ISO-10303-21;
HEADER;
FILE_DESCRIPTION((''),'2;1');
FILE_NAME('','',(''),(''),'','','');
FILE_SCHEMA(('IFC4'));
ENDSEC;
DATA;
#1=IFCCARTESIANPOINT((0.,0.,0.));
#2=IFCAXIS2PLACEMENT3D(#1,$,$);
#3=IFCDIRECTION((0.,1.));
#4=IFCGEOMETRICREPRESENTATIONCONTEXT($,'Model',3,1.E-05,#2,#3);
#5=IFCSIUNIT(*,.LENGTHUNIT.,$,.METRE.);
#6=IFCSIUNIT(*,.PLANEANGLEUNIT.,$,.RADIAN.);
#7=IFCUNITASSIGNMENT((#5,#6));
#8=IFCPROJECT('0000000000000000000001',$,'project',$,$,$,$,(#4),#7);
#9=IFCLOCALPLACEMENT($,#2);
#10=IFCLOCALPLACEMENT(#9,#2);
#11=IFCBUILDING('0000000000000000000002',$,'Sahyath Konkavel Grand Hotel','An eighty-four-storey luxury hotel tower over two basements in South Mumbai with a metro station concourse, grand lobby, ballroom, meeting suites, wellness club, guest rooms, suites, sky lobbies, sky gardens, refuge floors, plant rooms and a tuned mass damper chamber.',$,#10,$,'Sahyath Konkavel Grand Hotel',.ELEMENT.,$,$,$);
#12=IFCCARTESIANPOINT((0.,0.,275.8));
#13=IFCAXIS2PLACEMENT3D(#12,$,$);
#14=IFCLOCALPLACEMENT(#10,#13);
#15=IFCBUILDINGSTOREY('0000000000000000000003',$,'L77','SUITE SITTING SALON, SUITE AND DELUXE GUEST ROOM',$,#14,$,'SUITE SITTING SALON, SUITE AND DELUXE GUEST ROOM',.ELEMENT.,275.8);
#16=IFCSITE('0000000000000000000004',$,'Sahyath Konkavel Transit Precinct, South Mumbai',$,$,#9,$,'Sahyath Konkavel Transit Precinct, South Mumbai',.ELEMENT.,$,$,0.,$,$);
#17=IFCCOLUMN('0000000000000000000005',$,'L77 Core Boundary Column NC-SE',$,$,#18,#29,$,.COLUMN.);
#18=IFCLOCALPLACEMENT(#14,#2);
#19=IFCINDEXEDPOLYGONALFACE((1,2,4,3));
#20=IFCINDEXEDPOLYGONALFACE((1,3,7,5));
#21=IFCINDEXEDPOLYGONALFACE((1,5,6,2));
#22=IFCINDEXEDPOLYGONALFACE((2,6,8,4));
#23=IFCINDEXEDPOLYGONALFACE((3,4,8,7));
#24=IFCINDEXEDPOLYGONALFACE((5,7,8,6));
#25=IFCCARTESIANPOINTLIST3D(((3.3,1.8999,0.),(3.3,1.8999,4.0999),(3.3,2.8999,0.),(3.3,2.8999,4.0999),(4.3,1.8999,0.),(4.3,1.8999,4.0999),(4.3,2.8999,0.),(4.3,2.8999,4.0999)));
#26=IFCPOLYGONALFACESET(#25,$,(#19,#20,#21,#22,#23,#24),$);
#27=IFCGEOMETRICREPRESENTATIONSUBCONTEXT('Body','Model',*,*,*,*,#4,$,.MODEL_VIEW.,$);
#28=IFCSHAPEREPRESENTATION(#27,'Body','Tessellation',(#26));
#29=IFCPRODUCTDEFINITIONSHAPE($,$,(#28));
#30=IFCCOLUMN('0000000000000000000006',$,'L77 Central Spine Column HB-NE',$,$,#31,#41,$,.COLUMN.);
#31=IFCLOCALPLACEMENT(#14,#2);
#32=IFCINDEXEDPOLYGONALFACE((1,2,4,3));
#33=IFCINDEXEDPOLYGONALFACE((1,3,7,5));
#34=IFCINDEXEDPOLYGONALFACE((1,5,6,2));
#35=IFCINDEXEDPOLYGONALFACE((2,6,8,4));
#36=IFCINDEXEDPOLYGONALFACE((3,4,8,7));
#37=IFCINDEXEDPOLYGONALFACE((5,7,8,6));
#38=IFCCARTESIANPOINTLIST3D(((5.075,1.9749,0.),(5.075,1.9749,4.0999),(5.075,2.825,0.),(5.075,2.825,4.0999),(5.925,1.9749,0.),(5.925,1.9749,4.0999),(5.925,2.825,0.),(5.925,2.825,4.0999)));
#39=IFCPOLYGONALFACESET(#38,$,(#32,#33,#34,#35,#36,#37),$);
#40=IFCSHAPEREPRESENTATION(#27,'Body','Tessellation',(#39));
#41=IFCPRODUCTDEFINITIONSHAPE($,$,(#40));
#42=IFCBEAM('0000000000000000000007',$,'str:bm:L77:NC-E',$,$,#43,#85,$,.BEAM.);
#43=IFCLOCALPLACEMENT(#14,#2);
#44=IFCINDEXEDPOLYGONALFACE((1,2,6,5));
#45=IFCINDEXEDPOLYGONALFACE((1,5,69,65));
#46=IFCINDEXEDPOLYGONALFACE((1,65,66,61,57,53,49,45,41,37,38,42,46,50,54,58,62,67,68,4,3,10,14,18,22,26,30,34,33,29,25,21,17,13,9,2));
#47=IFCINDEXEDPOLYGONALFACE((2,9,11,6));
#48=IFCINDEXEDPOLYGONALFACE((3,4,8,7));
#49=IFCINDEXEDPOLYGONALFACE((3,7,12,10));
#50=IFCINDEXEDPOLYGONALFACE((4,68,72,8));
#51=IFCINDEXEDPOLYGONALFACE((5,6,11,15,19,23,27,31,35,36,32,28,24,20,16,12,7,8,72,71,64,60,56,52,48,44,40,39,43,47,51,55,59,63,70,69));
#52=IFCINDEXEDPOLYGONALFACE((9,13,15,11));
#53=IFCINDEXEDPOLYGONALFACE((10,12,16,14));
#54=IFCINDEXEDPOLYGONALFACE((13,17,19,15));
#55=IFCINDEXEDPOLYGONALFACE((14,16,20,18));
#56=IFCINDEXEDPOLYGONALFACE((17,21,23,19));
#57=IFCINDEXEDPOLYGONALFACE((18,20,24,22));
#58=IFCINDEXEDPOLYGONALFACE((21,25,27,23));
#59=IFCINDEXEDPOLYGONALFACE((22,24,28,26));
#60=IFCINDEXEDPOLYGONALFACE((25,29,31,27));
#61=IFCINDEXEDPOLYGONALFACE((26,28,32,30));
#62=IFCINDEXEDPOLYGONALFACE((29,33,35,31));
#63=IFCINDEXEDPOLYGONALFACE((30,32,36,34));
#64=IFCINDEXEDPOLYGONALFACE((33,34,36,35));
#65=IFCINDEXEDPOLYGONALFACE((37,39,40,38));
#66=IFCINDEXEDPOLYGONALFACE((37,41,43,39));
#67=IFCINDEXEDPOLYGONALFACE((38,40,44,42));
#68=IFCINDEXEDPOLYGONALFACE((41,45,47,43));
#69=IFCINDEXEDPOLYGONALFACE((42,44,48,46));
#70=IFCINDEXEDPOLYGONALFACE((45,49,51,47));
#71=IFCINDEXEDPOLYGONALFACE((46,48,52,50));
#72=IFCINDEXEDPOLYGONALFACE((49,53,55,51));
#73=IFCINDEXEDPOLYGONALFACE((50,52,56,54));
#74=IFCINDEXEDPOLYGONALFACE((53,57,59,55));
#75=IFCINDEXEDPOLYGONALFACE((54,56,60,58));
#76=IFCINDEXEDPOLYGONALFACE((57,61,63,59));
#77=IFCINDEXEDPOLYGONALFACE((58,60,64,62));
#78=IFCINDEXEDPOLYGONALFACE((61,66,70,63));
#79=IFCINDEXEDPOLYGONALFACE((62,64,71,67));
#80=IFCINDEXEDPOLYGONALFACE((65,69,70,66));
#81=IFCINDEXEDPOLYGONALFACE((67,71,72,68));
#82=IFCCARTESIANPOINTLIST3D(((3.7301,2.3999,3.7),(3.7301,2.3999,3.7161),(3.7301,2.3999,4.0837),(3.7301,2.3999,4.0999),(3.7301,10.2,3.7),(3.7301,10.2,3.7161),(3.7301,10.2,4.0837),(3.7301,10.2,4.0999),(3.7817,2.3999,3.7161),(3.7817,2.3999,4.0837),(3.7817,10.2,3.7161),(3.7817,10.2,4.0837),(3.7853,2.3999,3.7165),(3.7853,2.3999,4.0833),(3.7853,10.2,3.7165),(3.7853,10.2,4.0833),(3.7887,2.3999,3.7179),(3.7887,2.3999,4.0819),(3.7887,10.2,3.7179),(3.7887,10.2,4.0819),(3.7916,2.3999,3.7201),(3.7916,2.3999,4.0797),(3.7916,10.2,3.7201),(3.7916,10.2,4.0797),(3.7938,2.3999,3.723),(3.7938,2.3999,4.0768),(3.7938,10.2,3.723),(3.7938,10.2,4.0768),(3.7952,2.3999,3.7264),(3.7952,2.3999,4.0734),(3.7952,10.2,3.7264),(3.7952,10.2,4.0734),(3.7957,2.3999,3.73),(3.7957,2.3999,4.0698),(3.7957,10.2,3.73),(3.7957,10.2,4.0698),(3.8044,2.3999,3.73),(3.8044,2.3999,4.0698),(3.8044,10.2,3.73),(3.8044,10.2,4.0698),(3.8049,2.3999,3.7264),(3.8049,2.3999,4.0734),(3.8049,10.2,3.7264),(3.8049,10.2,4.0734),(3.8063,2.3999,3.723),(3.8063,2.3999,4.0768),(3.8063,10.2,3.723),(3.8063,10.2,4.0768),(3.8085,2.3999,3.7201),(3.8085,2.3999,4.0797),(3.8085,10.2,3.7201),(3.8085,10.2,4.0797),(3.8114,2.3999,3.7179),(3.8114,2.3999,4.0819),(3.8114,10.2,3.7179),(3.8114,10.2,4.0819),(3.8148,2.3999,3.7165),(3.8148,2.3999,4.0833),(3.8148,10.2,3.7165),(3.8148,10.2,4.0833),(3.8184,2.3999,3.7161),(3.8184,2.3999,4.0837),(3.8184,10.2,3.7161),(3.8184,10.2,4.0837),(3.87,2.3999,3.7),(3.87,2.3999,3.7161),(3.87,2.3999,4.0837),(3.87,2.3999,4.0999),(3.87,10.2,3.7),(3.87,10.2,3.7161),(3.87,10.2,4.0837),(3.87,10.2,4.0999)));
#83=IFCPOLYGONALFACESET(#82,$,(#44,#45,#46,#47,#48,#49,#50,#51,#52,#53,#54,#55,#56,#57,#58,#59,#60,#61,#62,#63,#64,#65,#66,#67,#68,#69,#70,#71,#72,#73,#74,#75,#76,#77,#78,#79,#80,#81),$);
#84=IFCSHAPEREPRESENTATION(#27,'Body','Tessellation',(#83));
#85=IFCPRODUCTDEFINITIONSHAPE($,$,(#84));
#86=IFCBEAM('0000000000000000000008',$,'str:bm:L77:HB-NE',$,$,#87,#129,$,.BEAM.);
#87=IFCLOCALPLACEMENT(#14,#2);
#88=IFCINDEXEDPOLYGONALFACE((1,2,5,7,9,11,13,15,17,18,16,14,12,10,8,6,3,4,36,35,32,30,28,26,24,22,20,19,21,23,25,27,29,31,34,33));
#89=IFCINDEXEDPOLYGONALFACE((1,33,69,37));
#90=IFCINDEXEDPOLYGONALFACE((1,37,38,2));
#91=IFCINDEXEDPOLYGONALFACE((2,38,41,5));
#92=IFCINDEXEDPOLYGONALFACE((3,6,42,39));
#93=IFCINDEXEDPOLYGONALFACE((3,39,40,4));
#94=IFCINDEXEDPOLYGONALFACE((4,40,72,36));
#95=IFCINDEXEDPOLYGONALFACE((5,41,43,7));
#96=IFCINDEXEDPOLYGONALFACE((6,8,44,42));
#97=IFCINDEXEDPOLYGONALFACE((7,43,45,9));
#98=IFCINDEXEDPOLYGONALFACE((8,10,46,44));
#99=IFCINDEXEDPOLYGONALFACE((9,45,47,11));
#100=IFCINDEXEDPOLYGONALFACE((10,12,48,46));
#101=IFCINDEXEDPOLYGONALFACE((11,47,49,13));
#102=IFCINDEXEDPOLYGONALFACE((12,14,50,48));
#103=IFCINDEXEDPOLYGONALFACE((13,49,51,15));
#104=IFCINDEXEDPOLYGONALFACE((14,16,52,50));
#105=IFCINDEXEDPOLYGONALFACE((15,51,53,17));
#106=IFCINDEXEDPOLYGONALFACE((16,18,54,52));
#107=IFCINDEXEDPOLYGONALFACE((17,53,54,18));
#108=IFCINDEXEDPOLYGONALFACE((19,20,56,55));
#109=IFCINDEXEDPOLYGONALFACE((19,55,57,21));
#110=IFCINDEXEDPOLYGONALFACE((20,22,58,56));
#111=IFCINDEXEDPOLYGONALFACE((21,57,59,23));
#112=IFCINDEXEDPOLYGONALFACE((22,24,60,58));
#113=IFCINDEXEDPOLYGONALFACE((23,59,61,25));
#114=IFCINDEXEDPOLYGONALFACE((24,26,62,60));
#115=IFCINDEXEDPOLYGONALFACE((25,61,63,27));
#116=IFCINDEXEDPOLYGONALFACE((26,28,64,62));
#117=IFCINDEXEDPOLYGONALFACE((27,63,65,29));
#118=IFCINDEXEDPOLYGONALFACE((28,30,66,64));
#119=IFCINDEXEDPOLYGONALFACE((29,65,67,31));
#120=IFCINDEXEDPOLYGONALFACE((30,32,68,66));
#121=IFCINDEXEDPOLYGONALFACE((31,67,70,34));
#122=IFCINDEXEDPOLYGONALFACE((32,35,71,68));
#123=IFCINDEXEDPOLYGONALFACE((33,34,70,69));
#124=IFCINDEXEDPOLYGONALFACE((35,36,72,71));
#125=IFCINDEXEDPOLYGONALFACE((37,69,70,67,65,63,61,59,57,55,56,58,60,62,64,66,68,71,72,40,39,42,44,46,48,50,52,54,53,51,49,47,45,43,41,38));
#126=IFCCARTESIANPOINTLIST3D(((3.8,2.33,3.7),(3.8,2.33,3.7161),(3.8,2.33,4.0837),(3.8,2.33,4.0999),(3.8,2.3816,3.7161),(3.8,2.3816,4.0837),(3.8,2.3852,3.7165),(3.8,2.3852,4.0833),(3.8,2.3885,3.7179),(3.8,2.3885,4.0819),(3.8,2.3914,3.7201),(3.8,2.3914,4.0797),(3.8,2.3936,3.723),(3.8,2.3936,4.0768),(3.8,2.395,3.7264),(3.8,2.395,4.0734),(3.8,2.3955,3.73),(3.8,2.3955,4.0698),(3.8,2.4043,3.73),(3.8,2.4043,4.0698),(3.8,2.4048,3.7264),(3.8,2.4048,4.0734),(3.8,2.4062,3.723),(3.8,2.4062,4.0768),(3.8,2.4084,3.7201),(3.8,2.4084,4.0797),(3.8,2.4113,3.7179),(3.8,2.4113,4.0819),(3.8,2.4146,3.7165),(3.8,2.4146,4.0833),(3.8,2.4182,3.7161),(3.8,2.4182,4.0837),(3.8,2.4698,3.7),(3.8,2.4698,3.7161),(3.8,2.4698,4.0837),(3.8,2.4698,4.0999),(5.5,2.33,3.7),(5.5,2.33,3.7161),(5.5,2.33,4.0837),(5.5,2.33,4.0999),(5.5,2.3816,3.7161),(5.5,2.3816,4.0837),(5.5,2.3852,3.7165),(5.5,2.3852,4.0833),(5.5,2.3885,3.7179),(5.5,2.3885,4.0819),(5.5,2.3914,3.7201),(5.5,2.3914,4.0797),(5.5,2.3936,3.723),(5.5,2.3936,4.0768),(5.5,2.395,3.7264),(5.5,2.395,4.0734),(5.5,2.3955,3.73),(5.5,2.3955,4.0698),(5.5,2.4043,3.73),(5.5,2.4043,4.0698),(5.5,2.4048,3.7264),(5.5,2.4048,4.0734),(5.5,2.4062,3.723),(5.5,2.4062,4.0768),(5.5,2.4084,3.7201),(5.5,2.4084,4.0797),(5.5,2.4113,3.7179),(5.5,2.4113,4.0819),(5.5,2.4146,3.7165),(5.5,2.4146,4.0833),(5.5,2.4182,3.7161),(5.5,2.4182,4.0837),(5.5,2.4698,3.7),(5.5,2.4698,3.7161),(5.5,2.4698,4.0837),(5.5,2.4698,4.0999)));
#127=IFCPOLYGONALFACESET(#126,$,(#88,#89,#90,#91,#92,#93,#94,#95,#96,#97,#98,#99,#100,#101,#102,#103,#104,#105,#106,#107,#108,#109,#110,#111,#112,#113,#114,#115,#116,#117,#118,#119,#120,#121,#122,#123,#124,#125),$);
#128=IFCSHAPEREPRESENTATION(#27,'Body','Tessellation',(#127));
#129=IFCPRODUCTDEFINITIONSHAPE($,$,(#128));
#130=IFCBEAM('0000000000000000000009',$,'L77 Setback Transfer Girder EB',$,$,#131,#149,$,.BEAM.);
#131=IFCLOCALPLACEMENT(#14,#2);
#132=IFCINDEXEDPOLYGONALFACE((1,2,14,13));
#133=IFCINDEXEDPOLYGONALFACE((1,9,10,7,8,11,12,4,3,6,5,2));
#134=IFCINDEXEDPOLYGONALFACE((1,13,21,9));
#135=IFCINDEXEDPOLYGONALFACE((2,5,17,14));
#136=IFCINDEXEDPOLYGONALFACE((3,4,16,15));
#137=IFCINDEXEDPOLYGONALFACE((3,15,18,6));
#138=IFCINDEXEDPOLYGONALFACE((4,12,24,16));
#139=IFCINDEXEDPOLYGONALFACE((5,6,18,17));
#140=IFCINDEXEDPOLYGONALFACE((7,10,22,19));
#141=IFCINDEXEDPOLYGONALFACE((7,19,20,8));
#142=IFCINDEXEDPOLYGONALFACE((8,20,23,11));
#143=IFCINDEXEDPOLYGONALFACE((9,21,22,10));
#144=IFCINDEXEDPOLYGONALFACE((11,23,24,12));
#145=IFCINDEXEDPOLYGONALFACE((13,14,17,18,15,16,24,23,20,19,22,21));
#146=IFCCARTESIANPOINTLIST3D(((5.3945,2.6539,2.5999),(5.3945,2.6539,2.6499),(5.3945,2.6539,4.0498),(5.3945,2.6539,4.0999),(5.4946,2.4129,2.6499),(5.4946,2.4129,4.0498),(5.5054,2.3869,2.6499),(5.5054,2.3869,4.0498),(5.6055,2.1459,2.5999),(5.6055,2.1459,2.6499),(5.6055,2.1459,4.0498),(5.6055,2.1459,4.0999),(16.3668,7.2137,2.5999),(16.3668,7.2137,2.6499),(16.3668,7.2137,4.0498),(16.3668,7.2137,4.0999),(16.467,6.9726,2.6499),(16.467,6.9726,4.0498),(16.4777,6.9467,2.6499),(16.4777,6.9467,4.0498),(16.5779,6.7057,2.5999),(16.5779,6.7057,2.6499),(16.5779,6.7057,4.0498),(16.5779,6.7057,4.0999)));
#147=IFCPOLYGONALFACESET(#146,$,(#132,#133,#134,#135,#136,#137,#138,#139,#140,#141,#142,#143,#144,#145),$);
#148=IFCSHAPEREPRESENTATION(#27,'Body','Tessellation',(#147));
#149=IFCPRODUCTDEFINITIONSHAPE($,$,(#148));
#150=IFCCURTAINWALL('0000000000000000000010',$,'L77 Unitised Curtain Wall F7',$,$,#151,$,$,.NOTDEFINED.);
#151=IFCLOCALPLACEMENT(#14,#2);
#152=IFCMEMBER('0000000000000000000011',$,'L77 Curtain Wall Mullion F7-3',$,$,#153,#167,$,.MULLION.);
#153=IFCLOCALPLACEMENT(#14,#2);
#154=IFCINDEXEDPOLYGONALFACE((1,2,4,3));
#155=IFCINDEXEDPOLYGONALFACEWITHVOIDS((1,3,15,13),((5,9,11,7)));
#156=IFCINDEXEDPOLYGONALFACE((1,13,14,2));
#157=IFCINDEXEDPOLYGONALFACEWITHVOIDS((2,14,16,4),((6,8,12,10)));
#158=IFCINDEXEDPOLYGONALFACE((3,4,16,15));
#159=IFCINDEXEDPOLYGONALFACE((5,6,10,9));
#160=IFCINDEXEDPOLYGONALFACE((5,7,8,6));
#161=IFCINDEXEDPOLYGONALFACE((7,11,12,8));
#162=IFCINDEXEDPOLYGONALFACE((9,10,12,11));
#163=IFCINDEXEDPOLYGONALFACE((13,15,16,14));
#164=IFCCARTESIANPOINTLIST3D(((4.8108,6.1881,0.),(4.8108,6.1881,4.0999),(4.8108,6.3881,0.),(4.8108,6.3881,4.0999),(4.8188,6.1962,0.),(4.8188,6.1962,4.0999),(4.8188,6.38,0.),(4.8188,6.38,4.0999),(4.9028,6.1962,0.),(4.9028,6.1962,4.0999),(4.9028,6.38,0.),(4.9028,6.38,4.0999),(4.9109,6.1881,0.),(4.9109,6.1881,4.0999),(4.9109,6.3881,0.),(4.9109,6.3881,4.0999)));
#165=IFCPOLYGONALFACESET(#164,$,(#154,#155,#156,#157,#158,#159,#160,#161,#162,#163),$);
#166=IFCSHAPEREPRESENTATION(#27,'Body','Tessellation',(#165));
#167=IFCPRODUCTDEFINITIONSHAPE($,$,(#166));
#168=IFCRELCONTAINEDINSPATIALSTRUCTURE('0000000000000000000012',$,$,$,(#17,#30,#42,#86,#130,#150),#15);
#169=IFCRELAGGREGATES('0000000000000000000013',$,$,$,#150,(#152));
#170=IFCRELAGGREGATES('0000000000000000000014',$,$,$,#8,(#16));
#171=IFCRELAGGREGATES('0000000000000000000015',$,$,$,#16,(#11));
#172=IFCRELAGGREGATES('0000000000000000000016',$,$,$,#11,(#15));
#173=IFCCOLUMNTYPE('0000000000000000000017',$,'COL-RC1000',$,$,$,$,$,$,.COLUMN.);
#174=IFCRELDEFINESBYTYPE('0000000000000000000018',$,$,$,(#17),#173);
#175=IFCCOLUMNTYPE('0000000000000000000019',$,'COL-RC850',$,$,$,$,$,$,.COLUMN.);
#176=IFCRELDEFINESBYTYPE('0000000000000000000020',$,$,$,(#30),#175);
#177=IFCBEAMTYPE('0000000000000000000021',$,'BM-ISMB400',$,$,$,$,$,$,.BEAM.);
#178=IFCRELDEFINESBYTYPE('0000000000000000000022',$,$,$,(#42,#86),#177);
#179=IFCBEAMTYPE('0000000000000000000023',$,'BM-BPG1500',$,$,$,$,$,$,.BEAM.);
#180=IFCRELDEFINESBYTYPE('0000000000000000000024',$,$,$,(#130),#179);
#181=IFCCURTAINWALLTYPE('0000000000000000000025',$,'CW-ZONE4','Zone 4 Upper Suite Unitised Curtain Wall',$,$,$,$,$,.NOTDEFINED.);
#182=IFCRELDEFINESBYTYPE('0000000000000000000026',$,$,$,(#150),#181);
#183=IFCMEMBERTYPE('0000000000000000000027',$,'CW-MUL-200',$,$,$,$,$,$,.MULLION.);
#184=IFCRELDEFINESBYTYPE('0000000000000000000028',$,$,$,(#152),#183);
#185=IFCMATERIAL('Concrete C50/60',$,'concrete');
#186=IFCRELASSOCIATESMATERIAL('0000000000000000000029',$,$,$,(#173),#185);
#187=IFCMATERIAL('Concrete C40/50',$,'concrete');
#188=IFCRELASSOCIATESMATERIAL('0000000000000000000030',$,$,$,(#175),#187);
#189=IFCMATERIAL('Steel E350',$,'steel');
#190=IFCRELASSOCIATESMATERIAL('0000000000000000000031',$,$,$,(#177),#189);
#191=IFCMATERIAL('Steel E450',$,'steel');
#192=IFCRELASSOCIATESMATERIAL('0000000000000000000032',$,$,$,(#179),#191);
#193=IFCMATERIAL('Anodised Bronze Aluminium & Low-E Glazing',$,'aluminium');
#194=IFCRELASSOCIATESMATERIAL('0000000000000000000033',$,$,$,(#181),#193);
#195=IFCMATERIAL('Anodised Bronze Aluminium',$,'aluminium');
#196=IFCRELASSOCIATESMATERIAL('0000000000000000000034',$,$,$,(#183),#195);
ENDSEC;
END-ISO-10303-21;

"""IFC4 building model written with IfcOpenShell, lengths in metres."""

from ifc_helpers import new_model, si_unit, direction, frame, origin, origin_2d, place, context, subcontext, project, spatial, rectangle, hollow_rectangle, i_section, extrude, source, transform, mapped, material, material_profile, profile_set, type_object, element, aggregate, save


model = new_model("IFC4")

# Units and contexts
model_context = context("Model", 3, precision=1e-05, world=origin(), true_north=direction((0.0, 1.0)))
body_context = subcontext(model_context, "Body", "Model", "MODEL_VIEW")
ifc_project = project(units=[si_unit("LENGTHUNIT", "METRE"), si_unit("PLANEANGLEUNIT", "RADIAN")], contexts=[model_context])

# Site, building, storey
site_placement = place(None, origin())
site = spatial("IfcSite", under=ifc_project, at=site_placement, Name="Sahyath Konkavel Transit Precinct, South Mumbai", LongName="Sahyath Konkavel Transit Precinct, South Mumbai", CompositionType="ELEMENT", RefElevation=0.0)
building_placement = place(site_placement, origin())
building = spatial("IfcBuilding", under=site, at=building_placement, Name="Sahyath Konkavel Grand Hotel", Description="An eighty-four-storey luxury hotel tower over two basements in South Mumbai with a metro station concourse, grand lobby, ballroom, meeting suites, wellness club, guest rooms, suites, sky lobbies, sky gardens, refuge floors, plant rooms and a tuned mass damper chamber.", LongName="Sahyath Konkavel Grand Hotel", CompositionType="ELEMENT")
storey_placement = place(building_placement, frame((0.0, 0.0, 275.8)))
storey = spatial("IfcBuildingStorey", under=building, at=storey_placement, Name="L77", Description="SUITE SITTING SALON, SUITE AND DELUXE GUEST ROOM", LongName="SUITE SITTING SALON, SUITE AND DELUXE GUEST ROOM", CompositionType="ELEMENT", Elevation=275.8)

# Columns
ifc_material_1 = material(Name="Concrete C50/60", Category="concrete")
ifc_material_profile_1 = material_profile(ifc_material_1, rectangle(XDim=1.0, YDim=1.0, at=origin_2d()), Name="RC 1000x1000")
ifc_profile_set_1 = profile_set([ifc_material_profile_1], Name="Concrete C50/60")
column_type_1 = type_object("IfcColumnType", Name="COL-RC1000", PredefinedType="COLUMN", material=ifc_profile_set_1)
shared_shape_1 = source(origin(), body_context, "Body", "SweptSolid", [
    extrude(rectangle(XDim=1.0, YDim=1.0, at=origin_2d()), origin(), (0.0, 0.0, 1.0), 4.0999),
])
column_1_placement = place(storey_placement, frame((3.8, 2.3999, 0.0), z_axis=(0.0, 0.0, 1.0), x_axis=(1.0, 0.0, 0.0)))
element("IfcColumn", 1, at=column_1_placement, inside=storey, type_object=column_type_1, Name="L77 Core Boundary Column NC-SE", PredefinedType="COLUMN", context=body_context, shape_type="MappedRepresentation", body=[
    mapped(shared_shape_1, transform((0.0, 0.0, 0.0), scale=1.0)),
])
ifc_material_2 = material(Name="Concrete C40/50", Category="concrete")
ifc_material_profile_2 = material_profile(ifc_material_2, rectangle(XDim=0.8501, YDim=0.8501, at=origin_2d()), Name="RC 850x850")
ifc_profile_set_2 = profile_set([ifc_material_profile_2], Name="Concrete C40/50")
column_type_2 = type_object("IfcColumnType", Name="COL-RC850", PredefinedType="COLUMN", material=ifc_profile_set_2)
shared_shape_2 = source(origin(), body_context, "Body", "SweptSolid", [
    extrude(rectangle(XDim=0.8501, YDim=0.8501, at=origin_2d()), origin(), (0.0, 0.0, 1.0), 4.0999),
])
column_2_placement = place(storey_placement, frame((5.5, 2.3999, 0.0), z_axis=(0.0, 0.0, 1.0), x_axis=(1.0, 0.0, 0.0)))
element("IfcColumn", 2, at=column_2_placement, inside=storey, type_object=column_type_2, Name="L77 Central Spine Column HB-NE", PredefinedType="COLUMN", context=body_context, shape_type="MappedRepresentation", body=[
    mapped(shared_shape_2, transform((0.0, 0.0, 0.0), scale=1.0)),
])

# Beams
ifc_material_3 = material(Name="Steel E350", Category="steel")
ifc_material_profile_3 = material_profile(ifc_material_3, i_section(OverallWidth=0.1399, OverallDepth=0.3999, WebThickness=0.0088, FlangeThickness=0.0161, FilletRadius=0.0139, at=origin_2d()), Name="ISMB 400")
ifc_profile_set_3 = profile_set([ifc_material_profile_3], Name="Steel E350")
beam_type_1 = type_object("IfcBeamType", Name="BM-ISMB400", PredefinedType="BEAM", material=ifc_profile_set_3)
shared_shape_3 = source(origin(), body_context, "Body", "SweptSolid", [
    extrude(i_section(OverallWidth=0.1399, OverallDepth=0.3999, WebThickness=0.0088, FlangeThickness=0.0161, FilletRadius=0.0139, at=origin_2d()), origin(), (0.0, 0.0, 1.0), 7.8),
])
beam_1_placement = place(storey_placement, frame((3.8, 2.3999, 3.8999), z_axis=(0.0, 1.0, 0.0), x_axis=(-1.0, 0.0, 0.0)))
element("IfcBeam", 3, at=beam_1_placement, inside=storey, type_object=beam_type_1, Name="str:bm:L77:NC-E", PredefinedType="BEAM", context=body_context, shape_type="MappedRepresentation", body=[
    mapped(shared_shape_3, transform((0.0, 0.0, 0.0), scale=1.0)),
])
shared_shape_4 = source(origin(), body_context, "Body", "SweptSolid", [
    extrude(i_section(OverallWidth=0.1399, OverallDepth=0.3999, WebThickness=0.0088, FlangeThickness=0.0161, FilletRadius=0.0139, at=origin_2d()), origin(), (0.0, 0.0, 1.0), 1.7),
])
beam_2_placement = place(storey_placement, frame((3.8, 2.3999, 3.8999), z_axis=(1.0, 0.0, 0.0), x_axis=(0.0, 1.0, 0.0)))
element("IfcBeam", 4, at=beam_2_placement, inside=storey, type_object=beam_type_1, Name="str:bm:L77:HB-NE", PredefinedType="BEAM", context=body_context, shape_type="MappedRepresentation", body=[
    mapped(shared_shape_4, transform((0.0, 0.0, 0.0), scale=1.0)),
])
ifc_material_4 = material(Name="Steel E450", Category="steel")
ifc_material_profile_4 = material_profile(ifc_material_4, i_section(OverallWidth=0.55, OverallDepth=1.5, WebThickness=0.0281, FlangeThickness=0.05, at=origin_2d()), Name="BPG 1500x550")
ifc_profile_set_4 = profile_set([ifc_material_profile_4], Name="Steel E450")
beam_type_2 = type_object("IfcBeamType", Name="BM-BPG1500", PredefinedType="BEAM", material=ifc_profile_set_4)
shared_shape_5 = source(origin(), body_context, "Body", "SweptSolid", [
    extrude(i_section(OverallWidth=0.55, OverallDepth=1.5, WebThickness=0.0281, FlangeThickness=0.05, at=origin_2d()), origin(), (0.0, 0.0, 1.0), 11.8821),
])
beam_3_placement = place(storey_placement, frame((5.5, 2.3999, 3.3499), z_axis=(0.923436, 0.383753, 0.0), x_axis=(-0.383753, 0.923436, 0.0)))
element("IfcBeam", 5, at=beam_3_placement, inside=storey, type_object=beam_type_2, Name="L77 Setback Transfer Girder EB", PredefinedType="BEAM", context=body_context, shape_type="MappedRepresentation", body=[
    mapped(shared_shape_5, transform((0.0, 0.0, 0.0), scale=1.0)),
])

# Curtain wall, member
ifc_material_5 = material(Name="Anodised Bronze Aluminium & Low-E Glazing", Category="aluminium")
curtain_wall_type = type_object("IfcCurtainWallType", Name="CW-ZONE4", Description="Zone 4 Upper Suite Unitised Curtain Wall", PredefinedType="NOTDEFINED", material=ifc_material_5)
curtain_wall_placement = place(storey_placement, origin())
curtain_wall = element("IfcCurtainWall", 6, at=curtain_wall_placement, inside=storey, type_object=curtain_wall_type, Name="L77 Unitised Curtain Wall F7", PredefinedType="NOTDEFINED")
ifc_material_6 = material(Name="Anodised Bronze Aluminium", Category="aluminium")
ifc_material_profile_5 = material_profile(ifc_material_6, hollow_rectangle(XDim=0.1001, YDim=0.2, WallThickness=0.0081, at=origin_2d()), Name="RHS 200x100x8")
ifc_profile_set_5 = profile_set([ifc_material_profile_5], Name="Anodised Bronze Aluminium")
member_type = type_object("IfcMemberType", Name="CW-MUL-200", PredefinedType="MULLION", material=ifc_profile_set_5)
shared_shape_6 = source(origin(), body_context, "Body", "SweptSolid", [
    extrude(hollow_rectangle(XDim=0.1001, YDim=0.2, WallThickness=0.0081, at=origin_2d()), origin(), (0.0, 0.0, 1.0), 4.0999),
])
member_placement = place(storey_placement, frame((4.8608, 6.2881, 0.0), z_axis=(0.0, 0.0, 1.0), x_axis=(1.0, 0.0, 0.0)))
member = element("IfcMember", 7, at=member_placement, type_object=member_type, Name="L77 Curtain Wall Mullion F7-3", PredefinedType="MULLION", context=body_context, shape_type="MappedRepresentation", body=[
    mapped(shared_shape_6, transform((0.0, 0.0, 0.0), scale=1.0)),
])
aggregate(curtain_wall, [member])

save(model, "model.ifc")
